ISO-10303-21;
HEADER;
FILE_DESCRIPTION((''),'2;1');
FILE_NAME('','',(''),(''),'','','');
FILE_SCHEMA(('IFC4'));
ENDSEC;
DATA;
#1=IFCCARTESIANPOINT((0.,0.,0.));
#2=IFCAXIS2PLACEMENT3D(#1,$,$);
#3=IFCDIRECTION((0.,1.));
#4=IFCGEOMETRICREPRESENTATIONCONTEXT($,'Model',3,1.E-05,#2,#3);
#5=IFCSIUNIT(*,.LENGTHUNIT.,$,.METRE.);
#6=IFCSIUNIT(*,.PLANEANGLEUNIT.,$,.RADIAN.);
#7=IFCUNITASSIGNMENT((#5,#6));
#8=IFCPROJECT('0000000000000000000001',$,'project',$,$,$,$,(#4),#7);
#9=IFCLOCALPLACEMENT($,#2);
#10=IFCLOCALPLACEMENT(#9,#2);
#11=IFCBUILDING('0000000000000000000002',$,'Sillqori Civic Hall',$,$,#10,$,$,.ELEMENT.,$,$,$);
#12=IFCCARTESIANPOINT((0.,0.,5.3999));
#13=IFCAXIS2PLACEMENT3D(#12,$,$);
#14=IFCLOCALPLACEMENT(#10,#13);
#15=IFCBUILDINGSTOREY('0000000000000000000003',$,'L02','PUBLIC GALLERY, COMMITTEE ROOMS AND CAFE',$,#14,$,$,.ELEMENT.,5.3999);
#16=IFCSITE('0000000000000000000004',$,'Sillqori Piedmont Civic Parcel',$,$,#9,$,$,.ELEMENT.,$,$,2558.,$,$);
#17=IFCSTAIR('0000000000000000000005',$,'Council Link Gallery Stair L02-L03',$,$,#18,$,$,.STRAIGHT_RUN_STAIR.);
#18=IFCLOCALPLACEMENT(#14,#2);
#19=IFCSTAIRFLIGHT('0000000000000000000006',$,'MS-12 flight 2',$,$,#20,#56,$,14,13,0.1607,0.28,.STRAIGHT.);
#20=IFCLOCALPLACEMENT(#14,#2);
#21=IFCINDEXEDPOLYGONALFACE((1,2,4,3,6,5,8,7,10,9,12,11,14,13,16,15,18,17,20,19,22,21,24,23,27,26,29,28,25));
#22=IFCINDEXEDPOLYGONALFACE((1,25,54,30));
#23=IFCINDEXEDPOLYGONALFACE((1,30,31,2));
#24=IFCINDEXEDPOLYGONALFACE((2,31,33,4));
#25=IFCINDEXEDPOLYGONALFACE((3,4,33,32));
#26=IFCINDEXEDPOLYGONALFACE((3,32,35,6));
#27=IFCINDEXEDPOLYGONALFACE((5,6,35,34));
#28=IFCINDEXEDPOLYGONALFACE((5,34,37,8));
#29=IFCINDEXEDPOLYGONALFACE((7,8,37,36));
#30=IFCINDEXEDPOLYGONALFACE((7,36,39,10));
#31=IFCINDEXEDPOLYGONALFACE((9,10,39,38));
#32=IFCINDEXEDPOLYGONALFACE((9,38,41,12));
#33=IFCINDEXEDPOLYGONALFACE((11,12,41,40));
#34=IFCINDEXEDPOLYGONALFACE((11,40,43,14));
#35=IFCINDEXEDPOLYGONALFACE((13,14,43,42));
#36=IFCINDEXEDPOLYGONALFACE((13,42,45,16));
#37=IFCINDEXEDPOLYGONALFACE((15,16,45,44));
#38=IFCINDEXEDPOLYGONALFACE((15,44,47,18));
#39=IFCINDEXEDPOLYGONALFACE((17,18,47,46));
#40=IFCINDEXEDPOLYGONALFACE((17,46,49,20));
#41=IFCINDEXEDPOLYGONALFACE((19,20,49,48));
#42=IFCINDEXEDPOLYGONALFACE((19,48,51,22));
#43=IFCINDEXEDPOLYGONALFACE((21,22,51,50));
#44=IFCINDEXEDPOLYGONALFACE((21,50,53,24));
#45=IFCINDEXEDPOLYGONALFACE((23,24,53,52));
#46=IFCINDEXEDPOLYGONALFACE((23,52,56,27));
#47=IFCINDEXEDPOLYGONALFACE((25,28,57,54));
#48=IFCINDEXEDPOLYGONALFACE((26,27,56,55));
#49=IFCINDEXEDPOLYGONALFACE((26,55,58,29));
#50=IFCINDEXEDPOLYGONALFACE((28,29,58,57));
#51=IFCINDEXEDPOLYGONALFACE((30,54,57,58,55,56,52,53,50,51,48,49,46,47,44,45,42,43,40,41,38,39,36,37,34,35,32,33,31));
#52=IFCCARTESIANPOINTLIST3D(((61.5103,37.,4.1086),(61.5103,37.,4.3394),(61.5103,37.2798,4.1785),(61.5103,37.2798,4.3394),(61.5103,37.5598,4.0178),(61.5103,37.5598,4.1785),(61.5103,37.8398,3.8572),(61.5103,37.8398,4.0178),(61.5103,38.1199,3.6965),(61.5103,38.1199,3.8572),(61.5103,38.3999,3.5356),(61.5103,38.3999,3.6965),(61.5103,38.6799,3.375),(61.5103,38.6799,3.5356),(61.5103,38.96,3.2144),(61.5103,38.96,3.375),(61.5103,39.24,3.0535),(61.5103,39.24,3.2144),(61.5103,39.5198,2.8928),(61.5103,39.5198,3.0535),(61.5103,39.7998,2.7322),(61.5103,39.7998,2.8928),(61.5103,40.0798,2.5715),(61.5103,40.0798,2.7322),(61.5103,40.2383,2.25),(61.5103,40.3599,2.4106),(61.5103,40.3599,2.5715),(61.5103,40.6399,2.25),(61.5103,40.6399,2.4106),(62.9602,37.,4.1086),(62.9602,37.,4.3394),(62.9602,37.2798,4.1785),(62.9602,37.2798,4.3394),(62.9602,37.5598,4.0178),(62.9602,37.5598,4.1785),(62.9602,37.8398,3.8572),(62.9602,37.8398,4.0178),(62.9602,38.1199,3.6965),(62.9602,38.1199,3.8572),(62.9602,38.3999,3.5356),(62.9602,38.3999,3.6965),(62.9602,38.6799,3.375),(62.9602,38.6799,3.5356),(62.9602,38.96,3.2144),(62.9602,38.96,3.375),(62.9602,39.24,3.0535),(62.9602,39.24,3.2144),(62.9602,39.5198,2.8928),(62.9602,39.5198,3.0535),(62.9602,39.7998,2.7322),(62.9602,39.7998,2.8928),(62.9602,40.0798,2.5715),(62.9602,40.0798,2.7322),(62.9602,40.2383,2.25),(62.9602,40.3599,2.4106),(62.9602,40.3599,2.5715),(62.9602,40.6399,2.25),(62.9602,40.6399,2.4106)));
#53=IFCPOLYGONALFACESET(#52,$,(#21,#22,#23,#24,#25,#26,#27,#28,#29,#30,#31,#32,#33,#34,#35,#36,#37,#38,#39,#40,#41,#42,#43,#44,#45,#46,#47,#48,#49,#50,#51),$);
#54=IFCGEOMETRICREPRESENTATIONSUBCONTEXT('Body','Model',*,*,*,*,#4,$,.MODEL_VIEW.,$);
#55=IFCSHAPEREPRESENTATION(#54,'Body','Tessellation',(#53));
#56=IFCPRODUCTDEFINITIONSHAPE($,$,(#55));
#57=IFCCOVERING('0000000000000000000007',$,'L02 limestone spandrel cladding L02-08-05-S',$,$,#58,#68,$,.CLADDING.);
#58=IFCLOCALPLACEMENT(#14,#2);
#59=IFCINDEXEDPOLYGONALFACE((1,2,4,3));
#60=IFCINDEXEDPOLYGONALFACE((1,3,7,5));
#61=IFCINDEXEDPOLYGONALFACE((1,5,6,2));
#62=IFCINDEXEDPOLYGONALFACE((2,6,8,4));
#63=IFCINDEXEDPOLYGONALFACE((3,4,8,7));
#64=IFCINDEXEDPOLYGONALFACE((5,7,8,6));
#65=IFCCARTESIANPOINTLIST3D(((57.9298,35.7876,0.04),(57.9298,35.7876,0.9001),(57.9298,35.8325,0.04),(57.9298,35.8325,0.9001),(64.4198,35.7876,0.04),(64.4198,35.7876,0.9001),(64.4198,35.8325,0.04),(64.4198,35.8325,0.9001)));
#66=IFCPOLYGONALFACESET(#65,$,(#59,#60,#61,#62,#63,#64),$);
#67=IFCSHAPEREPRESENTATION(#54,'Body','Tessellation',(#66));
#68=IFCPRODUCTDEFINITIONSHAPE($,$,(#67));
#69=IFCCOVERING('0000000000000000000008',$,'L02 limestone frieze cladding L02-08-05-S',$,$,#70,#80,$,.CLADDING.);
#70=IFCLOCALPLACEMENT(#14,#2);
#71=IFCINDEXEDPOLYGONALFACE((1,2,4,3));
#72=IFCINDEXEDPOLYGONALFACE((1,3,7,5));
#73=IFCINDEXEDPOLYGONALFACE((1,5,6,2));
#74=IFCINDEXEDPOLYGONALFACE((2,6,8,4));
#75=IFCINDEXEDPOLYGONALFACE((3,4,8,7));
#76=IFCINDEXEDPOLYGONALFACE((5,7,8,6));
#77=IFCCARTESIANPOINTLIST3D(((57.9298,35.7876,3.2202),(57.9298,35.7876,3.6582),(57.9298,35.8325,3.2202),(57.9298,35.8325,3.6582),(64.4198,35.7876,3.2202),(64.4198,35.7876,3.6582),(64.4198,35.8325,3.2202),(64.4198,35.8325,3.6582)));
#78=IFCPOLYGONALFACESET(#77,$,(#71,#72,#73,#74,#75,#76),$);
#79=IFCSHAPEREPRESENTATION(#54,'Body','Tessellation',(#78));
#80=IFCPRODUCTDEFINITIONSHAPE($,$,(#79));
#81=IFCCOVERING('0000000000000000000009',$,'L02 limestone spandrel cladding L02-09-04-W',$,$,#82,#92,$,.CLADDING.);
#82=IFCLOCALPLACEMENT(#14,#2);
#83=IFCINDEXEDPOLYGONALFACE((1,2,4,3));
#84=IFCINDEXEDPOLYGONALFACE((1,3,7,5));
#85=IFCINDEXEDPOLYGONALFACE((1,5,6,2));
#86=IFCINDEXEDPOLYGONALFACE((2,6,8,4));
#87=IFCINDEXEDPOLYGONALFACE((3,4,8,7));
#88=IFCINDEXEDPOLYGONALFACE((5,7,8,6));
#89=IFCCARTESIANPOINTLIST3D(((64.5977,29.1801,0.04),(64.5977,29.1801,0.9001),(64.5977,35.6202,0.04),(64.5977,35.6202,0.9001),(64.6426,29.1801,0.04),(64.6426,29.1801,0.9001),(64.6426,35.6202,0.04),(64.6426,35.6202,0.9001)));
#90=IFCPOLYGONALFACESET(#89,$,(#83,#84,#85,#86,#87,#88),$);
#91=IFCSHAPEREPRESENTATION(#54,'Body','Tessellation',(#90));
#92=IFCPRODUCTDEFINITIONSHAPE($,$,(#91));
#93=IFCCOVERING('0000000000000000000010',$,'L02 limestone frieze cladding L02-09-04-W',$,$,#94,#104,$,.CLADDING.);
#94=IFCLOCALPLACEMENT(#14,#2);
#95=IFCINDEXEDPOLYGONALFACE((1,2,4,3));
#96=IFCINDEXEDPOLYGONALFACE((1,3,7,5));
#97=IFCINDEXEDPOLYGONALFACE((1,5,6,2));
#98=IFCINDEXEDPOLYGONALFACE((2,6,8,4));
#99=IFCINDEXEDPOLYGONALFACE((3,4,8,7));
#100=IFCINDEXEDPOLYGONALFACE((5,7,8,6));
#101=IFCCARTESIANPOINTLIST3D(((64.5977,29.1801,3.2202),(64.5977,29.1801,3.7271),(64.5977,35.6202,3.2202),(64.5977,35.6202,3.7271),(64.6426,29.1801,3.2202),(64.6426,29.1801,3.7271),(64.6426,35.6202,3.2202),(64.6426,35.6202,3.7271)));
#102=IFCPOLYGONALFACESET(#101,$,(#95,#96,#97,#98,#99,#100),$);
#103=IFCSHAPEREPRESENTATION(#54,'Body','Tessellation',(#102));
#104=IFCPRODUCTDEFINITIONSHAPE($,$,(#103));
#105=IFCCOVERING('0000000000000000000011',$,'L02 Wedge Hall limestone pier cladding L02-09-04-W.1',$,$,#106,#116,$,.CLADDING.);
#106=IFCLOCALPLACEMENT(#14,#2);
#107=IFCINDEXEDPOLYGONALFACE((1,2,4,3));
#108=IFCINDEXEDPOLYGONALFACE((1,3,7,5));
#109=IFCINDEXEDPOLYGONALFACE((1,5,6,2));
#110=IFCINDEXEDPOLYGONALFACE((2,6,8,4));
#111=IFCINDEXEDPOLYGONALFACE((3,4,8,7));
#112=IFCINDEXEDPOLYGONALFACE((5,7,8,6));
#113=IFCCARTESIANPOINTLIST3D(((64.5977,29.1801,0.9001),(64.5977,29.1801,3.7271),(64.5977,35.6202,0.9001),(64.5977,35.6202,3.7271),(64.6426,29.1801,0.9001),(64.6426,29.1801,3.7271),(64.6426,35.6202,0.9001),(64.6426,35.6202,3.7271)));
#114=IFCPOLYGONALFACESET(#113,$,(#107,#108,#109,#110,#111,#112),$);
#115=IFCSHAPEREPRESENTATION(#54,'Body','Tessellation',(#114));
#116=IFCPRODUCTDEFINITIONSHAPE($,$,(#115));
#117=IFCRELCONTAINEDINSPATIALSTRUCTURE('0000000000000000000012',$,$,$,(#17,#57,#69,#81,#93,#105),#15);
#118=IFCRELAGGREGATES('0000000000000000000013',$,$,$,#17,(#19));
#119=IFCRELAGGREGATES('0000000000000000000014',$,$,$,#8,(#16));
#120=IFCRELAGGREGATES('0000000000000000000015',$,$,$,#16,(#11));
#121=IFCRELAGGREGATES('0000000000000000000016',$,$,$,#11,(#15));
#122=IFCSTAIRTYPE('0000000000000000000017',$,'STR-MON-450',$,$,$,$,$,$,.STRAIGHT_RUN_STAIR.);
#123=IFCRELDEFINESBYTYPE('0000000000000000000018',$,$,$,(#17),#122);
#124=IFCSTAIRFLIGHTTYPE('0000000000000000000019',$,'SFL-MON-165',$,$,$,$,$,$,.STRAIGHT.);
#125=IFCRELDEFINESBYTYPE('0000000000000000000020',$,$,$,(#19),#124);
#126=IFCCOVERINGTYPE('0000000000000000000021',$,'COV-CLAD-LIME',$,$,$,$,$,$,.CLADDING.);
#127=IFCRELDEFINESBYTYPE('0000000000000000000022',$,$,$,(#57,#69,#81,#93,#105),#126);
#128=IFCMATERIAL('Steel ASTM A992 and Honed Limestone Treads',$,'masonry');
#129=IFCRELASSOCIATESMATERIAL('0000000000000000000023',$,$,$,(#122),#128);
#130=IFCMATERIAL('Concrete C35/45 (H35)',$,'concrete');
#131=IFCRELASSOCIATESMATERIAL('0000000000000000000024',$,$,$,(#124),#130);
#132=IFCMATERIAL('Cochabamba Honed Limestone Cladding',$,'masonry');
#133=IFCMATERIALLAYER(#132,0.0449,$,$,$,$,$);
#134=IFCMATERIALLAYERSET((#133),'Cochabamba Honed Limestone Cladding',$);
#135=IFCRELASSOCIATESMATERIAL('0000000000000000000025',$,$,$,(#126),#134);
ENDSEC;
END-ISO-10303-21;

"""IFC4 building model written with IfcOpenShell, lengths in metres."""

from ifc_helpers import new_model, si_unit, direction, frame, frame_2d, origin, place, context, subcontext, project, spatial, polyline, rectangle, outline, extrude, material, layer, layer_set, type_object, element, aggregate, save


model = new_model("IFC4")

# Units and contexts
model_context = context("Model", 3, precision=1e-05, world=origin(), true_north=direction((0.0, 1.0)))
body_context = subcontext(model_context, "Body", "Model", "MODEL_VIEW")
ifc_project = project(units=[si_unit("LENGTHUNIT", "METRE"), si_unit("PLANEANGLEUNIT", "RADIAN")], contexts=[model_context])

# Site, building, storey
site_placement = place(None, origin())
site = spatial("IfcSite", under=ifc_project, at=site_placement, Name="Sillqori Piedmont Civic Parcel", CompositionType="ELEMENT", RefElevation=2558.0)
building_placement = place(site_placement, origin())
building = spatial("IfcBuilding", under=site, at=building_placement, Name="Sillqori Civic Hall", CompositionType="ELEMENT")
storey_placement = place(building_placement, frame((0.0, 0.0, 5.3999)))
storey = spatial("IfcBuildingStorey", under=building, at=storey_placement, Name="L02", Description="PUBLIC GALLERY, COMMITTEE ROOMS AND CAFE", CompositionType="ELEMENT", Elevation=5.3999)

# Shared definitions
ifc_material_1 = material(Name="Concrete C35/45 (H35)", Category="concrete")

# Stair, stair flight
ifc_material_2 = material(Name="Steel ASTM A992 and Honed Limestone Treads", Category="masonry")
stair_type = type_object("IfcStairType", Name="STR-MON-450", PredefinedType="STRAIGHT_RUN_STAIR", material=ifc_material_2)
stair_placement = place(storey_placement, origin())
stair = element("IfcStair", 1, at=stair_placement, inside=storey, type_object=stair_type, Name="Council Link Gallery Stair L02-L03", PredefinedType="STRAIGHT_RUN_STAIR")
stair_flight_type = type_object("IfcStairFlightType", Name="SFL-MON-165", PredefinedType="STRAIGHT", material=ifc_material_1)
stair_flight_1_placement = place(storey_placement, frame((62.2351, 40.6399, 2.25), z_axis=(0.0, 0.0, 1.0), x_axis=(0.0, -1.0, 0.0)))
stair_flight_1 = element("IfcStairFlight", 2, at=stair_flight_1_placement, type_object=stair_flight_type, Name="MS-12 flight 2", NumberOfRisers=14, NumberOfTreads=13, PredefinedType="STRAIGHT", RiserHeight=0.1607, TreadLength=0.28, context=body_context, shape_type="SweptSolid", body=[
    extrude(outline(polyline([(0.0, 0.0), (0.0, 0.1606), (0.28, 0.1606), (0.28, 0.3215), (0.5601, 0.3215), (0.5601, 0.4822), (0.8401, 0.4822), (0.8401, 0.6428), (1.1201, 0.6428), (1.1201, 0.8035), (1.3999, 0.8035), (1.3999, 0.9644), (1.6799, 0.9644), (1.6799, 1.125), (1.96, 1.125), (1.96, 1.2856), (2.24, 1.2856), (2.24, 1.4465), (2.52, 1.4465), (2.52, 1.6072), (2.8, 1.6072), (2.8, 1.7678), (3.0801, 1.7678), (3.0801, 1.9285), (3.3601, 1.9285), (3.3601, 2.0894), (3.6399, 2.0894), (3.6399, 2.25), (3.6399, 1.8586), (0.4016, 0.0), (0.0, 0.0)])), frame((0.0, 0.7251, 0.0), z_axis=(0.0, -1.0, 0.0), x_axis=(1.0, 0.0, 0.0)), (0.0, 0.0, 1.0), 1.45),
])
aggregate(stair, [stair_flight_1])

# Coverings
ifc_material_3 = material(Name="Cochabamba Honed Limestone Cladding", Category="masonry")
ifc_layer_1 = layer(ifc_material_3, 0.0449)
ifc_layer_set_1 = layer_set([ifc_layer_1], Name="Cochabamba Honed Limestone Cladding")
covering_type = type_object("IfcCoveringType", Name="COV-CLAD-LIME", PredefinedType="CLADDING", material=ifc_layer_set_1)
covering_1_placement = place(storey_placement, frame((64.4199, 35.8101, 0.04), z_axis=(0.0, 0.0, 1.0), x_axis=(-1.0, 0.0, 0.0)))
element("IfcCovering", 3, at=covering_1_placement, inside=storey, type_object=covering_type, Name="L02 limestone spandrel cladding L02-08-05-S", PredefinedType="CLADDING", context=body_context, shape_type="SweptSolid", body=[
    extrude(rectangle(XDim=6.49, YDim=0.0449, at=frame_2d((3.2451, 0.0))), origin(), (0.0, 0.0, 1.0), 0.8601),
])
covering_2_placement = place(storey_placement, frame((64.4199, 35.8101, 3.2202), z_axis=(0.0, 0.0, 1.0), x_axis=(-1.0, 0.0, 0.0)))
element("IfcCovering", 4, at=covering_2_placement, inside=storey, type_object=covering_type, Name="L02 limestone frieze cladding L02-08-05-S", PredefinedType="CLADDING", context=body_context, shape_type="SweptSolid", body=[
    extrude(rectangle(XDim=6.49, YDim=0.0449, at=frame_2d((3.2451, 0.0))), origin(), (0.0, 0.0, 1.0), 0.438),
])
covering_3_placement = place(storey_placement, frame((64.6201, 29.1799, 0.04), z_axis=(0.0, 0.0, 1.0), x_axis=(0.0, 1.0, 0.0)))
element("IfcCovering", 5, at=covering_3_placement, inside=storey, type_object=covering_type, Name="L02 limestone spandrel cladding L02-09-04-W", PredefinedType="CLADDING", context=body_context, shape_type="SweptSolid", body=[
    extrude(rectangle(XDim=6.4402, YDim=0.0449, at=frame_2d((3.2202, 0.0))), origin(), (0.0, 0.0, 1.0), 0.8601),
])
covering_4_placement = place(storey_placement, frame((64.6201, 29.1799, 3.2202), z_axis=(0.0, 0.0, 1.0), x_axis=(0.0, 1.0, 0.0)))
element("IfcCovering", 6, at=covering_4_placement, inside=storey, type_object=covering_type, Name="L02 limestone frieze cladding L02-09-04-W", PredefinedType="CLADDING", context=body_context, shape_type="SweptSolid", body=[
    extrude(rectangle(XDim=6.4402, YDim=0.0449, at=frame_2d((3.2202, 0.0))), origin(), (0.0, 0.0, 1.0), 0.5068),
])
covering_5_placement = place(storey_placement, frame((64.6201, 29.1799, 0.9001), z_axis=(0.0, 0.0, 1.0), x_axis=(0.0, 1.0, 0.0)))
element("IfcCovering", 7, at=covering_5_placement, inside=storey, type_object=covering_type, Name="L02 Wedge Hall limestone pier cladding L02-09-04-W.1", PredefinedType="CLADDING", context=body_context, shape_type="SweptSolid", body=[
    extrude(rectangle(XDim=6.4402, YDim=0.0449, at=frame_2d((3.2202, 0.0))), origin(), (0.0, 0.0, 1.0), 2.8269),
])

save(model, "model.ifc")
